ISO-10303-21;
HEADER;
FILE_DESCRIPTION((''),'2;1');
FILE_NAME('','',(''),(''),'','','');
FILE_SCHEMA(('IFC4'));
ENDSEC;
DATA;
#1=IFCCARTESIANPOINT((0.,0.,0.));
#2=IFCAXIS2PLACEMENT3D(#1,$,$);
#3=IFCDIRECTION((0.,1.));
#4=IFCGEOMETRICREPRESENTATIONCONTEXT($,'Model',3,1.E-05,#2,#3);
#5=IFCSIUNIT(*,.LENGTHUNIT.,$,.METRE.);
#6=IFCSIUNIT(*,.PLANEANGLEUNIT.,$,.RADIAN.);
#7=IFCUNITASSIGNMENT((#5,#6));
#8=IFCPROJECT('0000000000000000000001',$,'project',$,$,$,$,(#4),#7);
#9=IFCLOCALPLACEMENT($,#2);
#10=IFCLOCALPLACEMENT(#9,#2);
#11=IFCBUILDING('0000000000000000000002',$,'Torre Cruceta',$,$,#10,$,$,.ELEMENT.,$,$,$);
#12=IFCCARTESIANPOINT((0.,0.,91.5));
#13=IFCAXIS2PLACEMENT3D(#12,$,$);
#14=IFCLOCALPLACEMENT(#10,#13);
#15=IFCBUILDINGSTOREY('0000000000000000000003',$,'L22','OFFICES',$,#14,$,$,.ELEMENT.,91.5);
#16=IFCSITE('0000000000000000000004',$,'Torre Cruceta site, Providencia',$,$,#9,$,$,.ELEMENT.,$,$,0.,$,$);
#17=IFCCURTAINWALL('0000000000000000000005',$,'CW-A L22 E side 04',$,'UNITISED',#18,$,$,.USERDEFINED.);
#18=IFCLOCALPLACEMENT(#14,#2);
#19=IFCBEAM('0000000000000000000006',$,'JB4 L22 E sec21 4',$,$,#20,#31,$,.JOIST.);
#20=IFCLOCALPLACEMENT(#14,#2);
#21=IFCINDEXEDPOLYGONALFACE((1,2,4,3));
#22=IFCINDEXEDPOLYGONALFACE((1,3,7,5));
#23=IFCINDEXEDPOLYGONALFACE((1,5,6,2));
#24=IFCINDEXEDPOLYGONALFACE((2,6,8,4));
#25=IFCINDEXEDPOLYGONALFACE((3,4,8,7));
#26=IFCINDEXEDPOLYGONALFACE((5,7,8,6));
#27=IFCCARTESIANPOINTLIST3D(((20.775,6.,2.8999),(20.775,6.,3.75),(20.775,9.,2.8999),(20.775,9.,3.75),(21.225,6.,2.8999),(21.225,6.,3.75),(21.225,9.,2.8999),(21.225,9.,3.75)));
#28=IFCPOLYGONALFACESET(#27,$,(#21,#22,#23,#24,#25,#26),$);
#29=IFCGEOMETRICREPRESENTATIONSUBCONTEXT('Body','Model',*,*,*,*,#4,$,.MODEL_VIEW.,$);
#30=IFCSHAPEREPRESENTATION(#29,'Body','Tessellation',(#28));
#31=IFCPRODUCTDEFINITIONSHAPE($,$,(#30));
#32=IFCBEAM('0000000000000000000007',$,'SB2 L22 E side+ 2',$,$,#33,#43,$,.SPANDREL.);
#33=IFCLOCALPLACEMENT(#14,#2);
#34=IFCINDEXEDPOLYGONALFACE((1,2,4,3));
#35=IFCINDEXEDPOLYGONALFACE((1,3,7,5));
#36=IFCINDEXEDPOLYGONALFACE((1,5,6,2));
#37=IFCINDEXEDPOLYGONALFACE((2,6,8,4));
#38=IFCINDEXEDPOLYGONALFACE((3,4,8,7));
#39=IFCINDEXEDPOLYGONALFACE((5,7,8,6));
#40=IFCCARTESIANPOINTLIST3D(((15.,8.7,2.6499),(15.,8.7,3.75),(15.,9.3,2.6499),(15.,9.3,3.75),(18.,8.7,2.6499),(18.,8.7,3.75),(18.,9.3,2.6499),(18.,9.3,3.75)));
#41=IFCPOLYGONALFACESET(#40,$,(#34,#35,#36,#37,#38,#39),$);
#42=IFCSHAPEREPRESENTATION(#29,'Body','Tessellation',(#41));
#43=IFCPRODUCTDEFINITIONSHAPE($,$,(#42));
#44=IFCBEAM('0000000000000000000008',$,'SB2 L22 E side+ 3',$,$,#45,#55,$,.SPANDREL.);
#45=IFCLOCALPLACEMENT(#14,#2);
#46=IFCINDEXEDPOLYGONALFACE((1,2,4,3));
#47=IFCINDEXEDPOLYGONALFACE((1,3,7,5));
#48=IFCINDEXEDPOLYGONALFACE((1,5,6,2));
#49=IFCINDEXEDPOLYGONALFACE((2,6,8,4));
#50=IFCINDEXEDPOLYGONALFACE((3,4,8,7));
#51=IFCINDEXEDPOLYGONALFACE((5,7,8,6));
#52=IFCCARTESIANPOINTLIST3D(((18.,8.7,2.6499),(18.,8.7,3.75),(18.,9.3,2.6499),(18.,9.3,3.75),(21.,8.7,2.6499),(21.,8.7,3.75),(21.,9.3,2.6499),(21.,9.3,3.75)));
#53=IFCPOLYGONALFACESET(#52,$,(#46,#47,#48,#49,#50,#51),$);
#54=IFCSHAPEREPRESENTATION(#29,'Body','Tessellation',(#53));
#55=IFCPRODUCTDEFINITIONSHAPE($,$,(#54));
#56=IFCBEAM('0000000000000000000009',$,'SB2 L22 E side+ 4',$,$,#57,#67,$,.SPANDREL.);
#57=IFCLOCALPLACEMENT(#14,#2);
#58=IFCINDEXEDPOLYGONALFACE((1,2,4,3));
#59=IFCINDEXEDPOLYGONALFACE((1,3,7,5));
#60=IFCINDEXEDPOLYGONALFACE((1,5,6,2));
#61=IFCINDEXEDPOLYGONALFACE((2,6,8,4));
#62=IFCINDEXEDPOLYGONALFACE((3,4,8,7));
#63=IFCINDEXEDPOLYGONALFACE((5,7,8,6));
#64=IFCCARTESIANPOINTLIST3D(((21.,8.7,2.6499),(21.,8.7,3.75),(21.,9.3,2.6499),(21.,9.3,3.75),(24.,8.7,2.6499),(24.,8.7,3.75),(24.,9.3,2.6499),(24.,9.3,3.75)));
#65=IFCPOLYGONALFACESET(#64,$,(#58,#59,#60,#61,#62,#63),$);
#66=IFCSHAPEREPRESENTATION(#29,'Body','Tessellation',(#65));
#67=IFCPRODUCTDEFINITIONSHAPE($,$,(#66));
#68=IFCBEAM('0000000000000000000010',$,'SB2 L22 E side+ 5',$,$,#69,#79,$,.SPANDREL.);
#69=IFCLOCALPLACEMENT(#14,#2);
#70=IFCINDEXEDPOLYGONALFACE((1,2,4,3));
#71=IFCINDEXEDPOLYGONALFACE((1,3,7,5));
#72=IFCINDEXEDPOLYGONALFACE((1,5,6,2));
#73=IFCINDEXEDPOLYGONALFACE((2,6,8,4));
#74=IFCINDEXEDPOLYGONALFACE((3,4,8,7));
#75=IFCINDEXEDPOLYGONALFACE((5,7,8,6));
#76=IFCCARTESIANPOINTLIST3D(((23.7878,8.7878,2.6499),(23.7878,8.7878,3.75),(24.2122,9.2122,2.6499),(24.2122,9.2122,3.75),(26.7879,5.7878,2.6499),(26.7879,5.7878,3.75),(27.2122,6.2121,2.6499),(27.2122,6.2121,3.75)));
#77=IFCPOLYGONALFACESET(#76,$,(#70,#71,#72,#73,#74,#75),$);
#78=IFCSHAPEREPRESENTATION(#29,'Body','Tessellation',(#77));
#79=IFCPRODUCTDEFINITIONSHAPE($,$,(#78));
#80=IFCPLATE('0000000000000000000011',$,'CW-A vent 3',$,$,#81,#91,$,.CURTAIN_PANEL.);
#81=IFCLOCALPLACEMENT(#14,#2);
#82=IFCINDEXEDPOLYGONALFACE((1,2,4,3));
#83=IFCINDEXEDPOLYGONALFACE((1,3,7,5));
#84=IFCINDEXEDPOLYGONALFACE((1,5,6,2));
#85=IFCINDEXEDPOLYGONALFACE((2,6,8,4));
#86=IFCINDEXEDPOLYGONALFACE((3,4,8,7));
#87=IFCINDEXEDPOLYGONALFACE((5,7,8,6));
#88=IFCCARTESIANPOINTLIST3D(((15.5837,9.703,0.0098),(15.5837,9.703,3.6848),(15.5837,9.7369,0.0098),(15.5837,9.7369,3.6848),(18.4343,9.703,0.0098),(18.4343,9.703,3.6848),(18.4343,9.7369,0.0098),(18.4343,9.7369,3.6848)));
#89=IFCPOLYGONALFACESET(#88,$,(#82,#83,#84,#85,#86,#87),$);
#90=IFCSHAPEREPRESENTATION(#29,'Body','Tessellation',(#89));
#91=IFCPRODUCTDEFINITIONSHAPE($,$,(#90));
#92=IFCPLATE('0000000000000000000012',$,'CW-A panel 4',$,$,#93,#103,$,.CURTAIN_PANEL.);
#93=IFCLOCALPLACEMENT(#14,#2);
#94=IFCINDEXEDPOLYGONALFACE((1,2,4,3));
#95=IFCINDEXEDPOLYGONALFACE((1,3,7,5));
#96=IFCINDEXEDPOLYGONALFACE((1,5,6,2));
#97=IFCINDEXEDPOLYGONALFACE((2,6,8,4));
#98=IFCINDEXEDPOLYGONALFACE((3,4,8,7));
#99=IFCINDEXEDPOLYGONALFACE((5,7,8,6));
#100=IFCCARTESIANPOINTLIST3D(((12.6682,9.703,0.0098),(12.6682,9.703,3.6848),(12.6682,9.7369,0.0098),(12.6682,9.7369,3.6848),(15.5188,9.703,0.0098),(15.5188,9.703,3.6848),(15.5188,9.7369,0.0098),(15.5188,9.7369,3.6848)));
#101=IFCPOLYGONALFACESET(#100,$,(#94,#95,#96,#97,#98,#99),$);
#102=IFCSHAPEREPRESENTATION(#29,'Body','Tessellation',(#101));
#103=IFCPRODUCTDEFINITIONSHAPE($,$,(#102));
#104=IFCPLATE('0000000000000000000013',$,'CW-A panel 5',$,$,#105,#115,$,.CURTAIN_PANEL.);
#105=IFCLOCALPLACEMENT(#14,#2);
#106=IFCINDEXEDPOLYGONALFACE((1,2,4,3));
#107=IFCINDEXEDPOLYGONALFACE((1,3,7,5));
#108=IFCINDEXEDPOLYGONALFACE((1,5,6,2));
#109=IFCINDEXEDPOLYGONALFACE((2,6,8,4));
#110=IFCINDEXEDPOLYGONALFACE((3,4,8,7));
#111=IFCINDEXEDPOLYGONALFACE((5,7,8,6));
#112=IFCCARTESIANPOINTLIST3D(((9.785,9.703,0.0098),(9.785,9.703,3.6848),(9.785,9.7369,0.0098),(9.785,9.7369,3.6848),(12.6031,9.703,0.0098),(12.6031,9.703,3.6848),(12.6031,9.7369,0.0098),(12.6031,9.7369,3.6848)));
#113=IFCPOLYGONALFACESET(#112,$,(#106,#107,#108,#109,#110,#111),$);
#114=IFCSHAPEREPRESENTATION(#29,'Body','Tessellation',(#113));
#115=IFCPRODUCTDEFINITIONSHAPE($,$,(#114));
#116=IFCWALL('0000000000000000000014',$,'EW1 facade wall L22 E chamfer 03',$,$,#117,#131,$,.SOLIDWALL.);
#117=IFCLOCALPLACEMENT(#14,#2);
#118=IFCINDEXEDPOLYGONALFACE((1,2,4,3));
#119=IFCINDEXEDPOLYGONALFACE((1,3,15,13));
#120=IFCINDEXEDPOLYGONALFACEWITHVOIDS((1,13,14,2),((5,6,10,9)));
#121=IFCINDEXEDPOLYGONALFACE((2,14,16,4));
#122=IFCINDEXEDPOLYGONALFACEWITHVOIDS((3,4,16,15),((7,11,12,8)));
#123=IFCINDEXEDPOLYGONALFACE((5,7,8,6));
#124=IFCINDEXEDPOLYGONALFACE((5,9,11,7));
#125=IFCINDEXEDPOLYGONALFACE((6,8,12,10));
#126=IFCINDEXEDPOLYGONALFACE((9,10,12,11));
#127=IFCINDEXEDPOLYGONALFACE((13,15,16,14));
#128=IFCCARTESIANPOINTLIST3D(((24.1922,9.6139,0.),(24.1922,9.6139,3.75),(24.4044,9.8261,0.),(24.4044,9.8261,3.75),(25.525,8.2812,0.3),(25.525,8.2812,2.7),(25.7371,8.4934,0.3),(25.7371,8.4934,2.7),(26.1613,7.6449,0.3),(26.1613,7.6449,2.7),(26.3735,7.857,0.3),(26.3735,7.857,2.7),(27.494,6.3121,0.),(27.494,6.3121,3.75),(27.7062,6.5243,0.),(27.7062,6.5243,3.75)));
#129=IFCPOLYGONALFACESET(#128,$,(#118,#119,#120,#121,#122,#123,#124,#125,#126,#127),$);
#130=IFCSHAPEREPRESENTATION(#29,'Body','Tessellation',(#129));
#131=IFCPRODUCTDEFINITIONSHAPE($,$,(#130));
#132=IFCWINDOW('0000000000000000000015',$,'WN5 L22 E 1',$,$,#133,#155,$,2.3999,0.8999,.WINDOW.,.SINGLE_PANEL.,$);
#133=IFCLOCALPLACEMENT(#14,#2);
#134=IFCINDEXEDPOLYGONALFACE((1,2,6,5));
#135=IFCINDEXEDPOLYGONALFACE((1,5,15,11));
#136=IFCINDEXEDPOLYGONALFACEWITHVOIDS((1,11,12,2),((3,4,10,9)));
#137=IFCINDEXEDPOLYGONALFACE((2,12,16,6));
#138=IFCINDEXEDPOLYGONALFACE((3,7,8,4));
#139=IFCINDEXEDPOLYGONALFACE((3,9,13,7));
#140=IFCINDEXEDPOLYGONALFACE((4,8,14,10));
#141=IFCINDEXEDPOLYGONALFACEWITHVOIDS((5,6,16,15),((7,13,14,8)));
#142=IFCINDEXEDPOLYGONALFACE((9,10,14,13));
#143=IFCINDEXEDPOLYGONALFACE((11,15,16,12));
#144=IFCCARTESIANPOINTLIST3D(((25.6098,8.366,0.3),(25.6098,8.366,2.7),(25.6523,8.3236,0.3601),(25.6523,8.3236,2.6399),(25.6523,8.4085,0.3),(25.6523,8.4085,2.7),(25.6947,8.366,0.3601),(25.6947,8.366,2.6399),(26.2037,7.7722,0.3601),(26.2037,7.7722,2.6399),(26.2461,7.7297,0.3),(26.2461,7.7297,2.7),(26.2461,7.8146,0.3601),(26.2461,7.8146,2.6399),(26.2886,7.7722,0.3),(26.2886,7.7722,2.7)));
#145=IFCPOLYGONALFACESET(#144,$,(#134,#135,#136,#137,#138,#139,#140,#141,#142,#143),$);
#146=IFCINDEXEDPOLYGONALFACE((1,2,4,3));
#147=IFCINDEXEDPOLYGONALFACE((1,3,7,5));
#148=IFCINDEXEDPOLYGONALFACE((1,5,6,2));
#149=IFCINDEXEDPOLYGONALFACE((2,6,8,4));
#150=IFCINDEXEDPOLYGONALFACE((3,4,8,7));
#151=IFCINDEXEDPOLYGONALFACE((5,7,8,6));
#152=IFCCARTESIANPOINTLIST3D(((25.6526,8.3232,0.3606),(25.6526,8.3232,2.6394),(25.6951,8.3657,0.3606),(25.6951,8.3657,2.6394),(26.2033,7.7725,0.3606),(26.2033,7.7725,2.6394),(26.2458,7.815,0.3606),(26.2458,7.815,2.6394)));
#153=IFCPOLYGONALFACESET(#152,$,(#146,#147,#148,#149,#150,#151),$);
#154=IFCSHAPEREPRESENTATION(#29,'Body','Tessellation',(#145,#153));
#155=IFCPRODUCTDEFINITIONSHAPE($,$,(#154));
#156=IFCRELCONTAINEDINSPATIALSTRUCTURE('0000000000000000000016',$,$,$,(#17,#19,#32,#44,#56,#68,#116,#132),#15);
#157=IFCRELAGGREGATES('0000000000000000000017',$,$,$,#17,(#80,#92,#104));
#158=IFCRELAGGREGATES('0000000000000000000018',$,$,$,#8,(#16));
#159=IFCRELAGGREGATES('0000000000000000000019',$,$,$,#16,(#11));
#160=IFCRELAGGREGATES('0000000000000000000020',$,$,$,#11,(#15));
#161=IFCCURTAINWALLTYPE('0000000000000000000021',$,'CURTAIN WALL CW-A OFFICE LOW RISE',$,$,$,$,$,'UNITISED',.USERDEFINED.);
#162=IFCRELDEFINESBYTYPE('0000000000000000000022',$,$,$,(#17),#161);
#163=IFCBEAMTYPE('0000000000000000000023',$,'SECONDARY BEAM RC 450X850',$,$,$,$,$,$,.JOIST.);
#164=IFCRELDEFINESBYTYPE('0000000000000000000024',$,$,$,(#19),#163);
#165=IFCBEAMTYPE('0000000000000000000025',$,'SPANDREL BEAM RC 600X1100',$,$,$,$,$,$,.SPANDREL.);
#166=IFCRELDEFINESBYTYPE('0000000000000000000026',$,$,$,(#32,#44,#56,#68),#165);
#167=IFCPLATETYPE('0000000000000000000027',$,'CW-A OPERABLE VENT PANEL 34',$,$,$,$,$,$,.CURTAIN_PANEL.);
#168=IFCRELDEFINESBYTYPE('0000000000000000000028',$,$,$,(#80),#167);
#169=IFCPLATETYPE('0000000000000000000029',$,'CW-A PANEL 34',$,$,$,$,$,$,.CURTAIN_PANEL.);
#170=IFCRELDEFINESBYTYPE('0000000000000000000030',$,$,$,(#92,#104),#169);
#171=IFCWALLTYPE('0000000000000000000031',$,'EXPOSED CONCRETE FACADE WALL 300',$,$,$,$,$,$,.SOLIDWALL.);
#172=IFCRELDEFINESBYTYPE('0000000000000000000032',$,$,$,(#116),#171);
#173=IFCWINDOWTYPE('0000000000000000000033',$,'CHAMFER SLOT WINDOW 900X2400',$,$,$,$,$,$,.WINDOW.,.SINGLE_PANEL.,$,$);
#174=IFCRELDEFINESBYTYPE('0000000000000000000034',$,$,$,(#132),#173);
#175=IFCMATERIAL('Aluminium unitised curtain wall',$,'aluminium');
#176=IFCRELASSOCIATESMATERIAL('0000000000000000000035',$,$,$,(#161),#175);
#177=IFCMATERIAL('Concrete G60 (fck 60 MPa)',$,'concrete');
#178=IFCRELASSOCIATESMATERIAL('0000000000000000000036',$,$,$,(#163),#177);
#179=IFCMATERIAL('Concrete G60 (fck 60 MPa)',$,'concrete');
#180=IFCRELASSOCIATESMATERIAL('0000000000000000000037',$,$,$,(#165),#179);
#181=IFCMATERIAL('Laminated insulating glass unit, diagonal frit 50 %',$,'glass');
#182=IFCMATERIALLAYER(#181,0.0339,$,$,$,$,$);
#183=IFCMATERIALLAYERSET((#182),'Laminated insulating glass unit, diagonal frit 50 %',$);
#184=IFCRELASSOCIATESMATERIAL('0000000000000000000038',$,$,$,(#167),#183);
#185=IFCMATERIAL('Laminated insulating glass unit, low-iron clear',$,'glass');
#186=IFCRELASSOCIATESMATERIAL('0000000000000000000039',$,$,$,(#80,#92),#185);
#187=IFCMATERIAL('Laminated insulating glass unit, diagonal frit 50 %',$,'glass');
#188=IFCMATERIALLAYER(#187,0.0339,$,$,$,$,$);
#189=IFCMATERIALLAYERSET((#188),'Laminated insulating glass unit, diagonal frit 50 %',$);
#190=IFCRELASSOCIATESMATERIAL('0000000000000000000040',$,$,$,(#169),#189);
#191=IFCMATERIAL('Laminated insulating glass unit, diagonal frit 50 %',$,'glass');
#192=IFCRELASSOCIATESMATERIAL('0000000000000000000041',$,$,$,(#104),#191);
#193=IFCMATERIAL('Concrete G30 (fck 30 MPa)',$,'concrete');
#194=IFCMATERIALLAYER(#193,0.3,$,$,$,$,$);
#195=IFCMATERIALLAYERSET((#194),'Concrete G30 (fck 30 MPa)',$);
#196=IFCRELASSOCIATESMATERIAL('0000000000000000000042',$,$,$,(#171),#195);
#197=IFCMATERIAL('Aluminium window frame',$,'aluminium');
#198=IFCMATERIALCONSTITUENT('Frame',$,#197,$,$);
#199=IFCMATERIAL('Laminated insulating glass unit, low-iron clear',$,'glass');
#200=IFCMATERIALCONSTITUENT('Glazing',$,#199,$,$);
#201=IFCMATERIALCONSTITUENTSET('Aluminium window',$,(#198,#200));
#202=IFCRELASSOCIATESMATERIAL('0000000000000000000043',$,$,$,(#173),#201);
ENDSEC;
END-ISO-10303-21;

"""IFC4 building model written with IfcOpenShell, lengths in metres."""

from ifc_helpers import new_model, si_unit, direction, frame, frame_2d, origin, origin_2d, place, context, subcontext, project, spatial, rectangle, hollow_rectangle, extrude, material, layer, layer_set, constituent, constituent_set, material_profile, profile_set, type_object, element, fill, aggregate, save


model = new_model("IFC4")

# Units and contexts
model_context = context("Model", 3, precision=1e-05, world=origin(), true_north=direction((0.0, 1.0)))
body_context = subcontext(model_context, "Body", "Model", "MODEL_VIEW")
ifc_project = project(units=[si_unit("LENGTHUNIT", "METRE"), si_unit("PLANEANGLEUNIT", "RADIAN")], contexts=[model_context])

# Site, building, storey
site_placement = place(None, origin())
site = spatial("IfcSite", under=ifc_project, at=site_placement, Name="Torre Cruceta site, Providencia", CompositionType="ELEMENT", RefElevation=0.0)
building_placement = place(site_placement, origin())
building = spatial("IfcBuilding", under=site, at=building_placement, Name="Torre Cruceta", CompositionType="ELEMENT")
storey_placement = place(building_placement, frame((0.0, 0.0, 91.5)))
storey = spatial("IfcBuildingStorey", under=building, at=storey_placement, Name="L22", Description="OFFICES", CompositionType="ELEMENT", Elevation=91.5)

# Curtain wall
ifc_material_1 = material(Name="Aluminium unitised curtain wall", Category="aluminium")
curtain_wall_type = type_object("IfcCurtainWallType", Name="CURTAIN WALL CW-A OFFICE LOW RISE", ElementType="UNITISED", PredefinedType="USERDEFINED", material=ifc_material_1)
curtain_wall_placement = place(storey_placement, origin())
curtain_wall = element("IfcCurtainWall", 1, at=curtain_wall_placement, inside=storey, type_object=curtain_wall_type, Name="CW-A L22 E side 04", ObjectType="UNITISED", PredefinedType="USERDEFINED")

# Beams
ifc_material_2 = material(Name="Concrete G60 (fck 60 MPa)", Category="concrete")
ifc_material_profile_1 = material_profile(ifc_material_2, rectangle(XDim=0.45, YDim=0.8501, at=origin_2d()), Name="RC 450X850")
ifc_profile_set_1 = profile_set([ifc_material_profile_1], Name="Concrete G60 (fck 60 MPa)")
beam_type_1 = type_object("IfcBeamType", Name="SECONDARY BEAM RC 450X850", PredefinedType="JOIST", material=ifc_profile_set_1)
beam_1_placement = place(storey_placement, frame((21.0, 6.0, 3.325), z_axis=(0.0, 1.0, 0.0), x_axis=(-1.0, 0.0, 0.0)))
element("IfcBeam", 2, at=beam_1_placement, inside=storey, type_object=beam_type_1, Name="JB4 L22 E sec21 4", PredefinedType="JOIST", context=body_context, shape_type="SweptSolid", body=[
    extrude(rectangle(XDim=0.45, YDim=0.8501, at=origin_2d()), origin(), (0.0, 0.0, 1.0), 3.0),
])
ifc_material_3 = material(Name="Concrete G60 (fck 60 MPa)", Category="concrete")
ifc_material_profile_2 = material_profile(ifc_material_3, rectangle(XDim=0.6001, YDim=1.1001, at=origin_2d()), Name="RC 600X1100")
ifc_profile_set_2 = profile_set([ifc_material_profile_2], Name="Concrete G60 (fck 60 MPa)")
beam_type_2 = type_object("IfcBeamType", Name="SPANDREL BEAM RC 600X1100", PredefinedType="SPANDREL", material=ifc_profile_set_2)
for number, where, z_axis, x_axis, name in (
    (3, (15.0, 9.0, 3.2), (1.0, 0.0, 0.0), (0.0, 1.0, 0.0), "SB2 L22 E side+ 2"),
    (4, (18.0, 9.0, 3.2), (1.0, 0.0, 0.0), (0.0, 1.0, 0.0), "SB2 L22 E side+ 3"),
    (5, (21.0, 9.0, 3.2), (1.0, 0.0, 0.0), (0.0, 1.0, 0.0), "SB2 L22 E side+ 4"),
):
    element("IfcBeam", number, at=place(storey_placement, frame(where, z_axis=z_axis, x_axis=x_axis)), inside=storey, type_object=beam_type_2, Name=name, PredefinedType="SPANDREL", context=body_context, shape_type="SweptSolid", body=[
        extrude(rectangle(XDim=0.6001, YDim=1.1001, at=origin_2d()), origin(), (0.0, 0.0, 1.0), 3.0),
    ])
beam_2_placement = place(storey_placement, frame((24.0, 9.0, 3.2), z_axis=(0.707107, -0.707107, 0.0), x_axis=(0.707107, 0.707107, 0.0)))
element("IfcBeam", 6, at=beam_2_placement, inside=storey, type_object=beam_type_2, Name="SB2 L22 E side+ 5", PredefinedType="SPANDREL", context=body_context, shape_type="SweptSolid", body=[
    extrude(rectangle(XDim=0.6001, YDim=1.1001, at=origin_2d()), origin(), (0.0, 0.0, 1.0), 4.2427),
])

# Plates
ifc_material_4 = material(Name="Laminated insulating glass unit, low-iron clear", Category="glass")
ifc_material_5 = material(Name="Laminated insulating glass unit, diagonal frit 50 %", Category="glass")
ifc_layer_1 = layer(ifc_material_5, 0.0339)
ifc_layer_set_1 = layer_set([ifc_layer_1], Name="Laminated insulating glass unit, diagonal frit 50 %")
plate_type_1 = type_object("IfcPlateType", Name="CW-A OPERABLE VENT PANEL 34", PredefinedType="CURTAIN_PANEL", material=ifc_layer_set_1)
plate_1_placement = place(storey_placement, frame((17.009, 9.72, 0.0098), z_axis=(0.0, 0.0, 1.0), x_axis=(-1.0, 0.0, 0.0)))
plate_1 = element("IfcPlate", 7, at=plate_1_placement, type_object=plate_type_1, material=ifc_material_4, Name="CW-A vent 3", PredefinedType="CURTAIN_PANEL", context=body_context, shape_type="SweptSolid", body=[
    extrude(rectangle(XDim=2.8506, YDim=0.0339, at=origin_2d()), origin(), (0.0, 0.0, 1.0), 3.675),
])
ifc_material_6 = material(Name="Laminated insulating glass unit, diagonal frit 50 %", Category="glass")
ifc_layer_2 = layer(ifc_material_6, 0.0339)
ifc_layer_set_2 = layer_set([ifc_layer_2], Name="Laminated insulating glass unit, diagonal frit 50 %")
plate_type_2 = type_object("IfcPlateType", Name="CW-A PANEL 34", PredefinedType="CURTAIN_PANEL", material=ifc_layer_set_2)
plate_2_placement = place(storey_placement, frame((14.0935, 9.72, 0.0098), z_axis=(0.0, 0.0, 1.0), x_axis=(-1.0, 0.0, 0.0)))
plate_2 = element("IfcPlate", 8, at=plate_2_placement, type_object=plate_type_2, material=ifc_material_4, Name="CW-A panel 4", PredefinedType="CURTAIN_PANEL", context=body_context, shape_type="SweptSolid", body=[
    extrude(rectangle(XDim=2.8506, YDim=0.0339, at=origin_2d()), origin(), (0.0, 0.0, 1.0), 3.675),
])
ifc_material_7 = material(Name="Laminated insulating glass unit, diagonal frit 50 %", Category="glass")
plate_3_placement = place(storey_placement, frame((11.1941, 9.72, 0.0098), z_axis=(0.0, 0.0, 1.0), x_axis=(-1.0, 0.0, 0.0)))
plate_3 = element("IfcPlate", 9, at=plate_3_placement, type_object=plate_type_2, material=ifc_material_7, Name="CW-A panel 5", PredefinedType="CURTAIN_PANEL", context=body_context, shape_type="SweptSolid", body=[
    extrude(rectangle(XDim=2.8181, YDim=0.0339, at=origin_2d()), origin(), (0.0, 0.0, 1.0), 3.675),
])
aggregate(curtain_wall, [plate_1, plate_2, plate_3])

# Wall, opening, window
ifc_material_8 = material(Name="Concrete G30 (fck 30 MPa)", Category="concrete")
ifc_layer_3 = layer(ifc_material_8, 0.3)
ifc_layer_set_3 = layer_set([ifc_layer_3], Name="Concrete G30 (fck 30 MPa)")
wall_type_1 = type_object("IfcWallType", Name="EXPOSED CONCRETE FACADE WALL 300", PredefinedType="SOLIDWALL", material=ifc_layer_set_3)
wall_1_placement = place(storey_placement, frame((27.6001, 6.4182, 0.0), z_axis=(0.0, 0.0, 1.0), x_axis=(-0.707107, 0.707107, 0.0)))
wall_1 = element("IfcWall", 10, at=wall_1_placement, inside=storey, type_object=wall_type_1, Name="EW1 facade wall L22 E chamfer 03", PredefinedType="SOLIDWALL", context=body_context, shape_type="SweptSolid", body=[
    extrude(rectangle(XDim=4.6694, YDim=0.3, at=frame_2d((2.3347, 0.0))), origin(), (0.0, 0.0, 1.0), 3.75),
])
opening_1_placement = place(wall_1_placement, frame((1.8848, 0.0, 0.3)))
opening_1 = element("IfcOpeningElement", 11, at=opening_1_placement, cuts=wall_1, PredefinedType="OPENING", context=body_context, shape_type="SweptSolid", body=[
    extrude(rectangle(XDim=0.8999, YDim=2.3999, at=frame_2d((0.45, 1.2))), frame((0.0, 0.1599, 0.0), z_axis=(0.0, -1.0, 0.0), x_axis=(1.0, 0.0, 0.0)), (0.0, 0.0, 1.0), 0.3201),
])
ifc_material_9 = material(Name="Aluminium window frame", Category="aluminium")
ifc_constituent_1 = constituent(ifc_material_9, Name="Frame")
ifc_material_10 = material(Name="Laminated insulating glass unit, low-iron clear", Category="glass")
ifc_constituent_2 = constituent(ifc_material_10, Name="Glazing")
ifc_constituent_set_1 = constituent_set(constituents=[ifc_constituent_1, ifc_constituent_2], Name="Aluminium window")
window_type = type_object("IfcWindowType", Name="CHAMFER SLOT WINDOW 900X2400", PartitioningType="SINGLE_PANEL", PredefinedType="WINDOW", material=ifc_constituent_set_1)
window_placement = place(opening_1_placement, origin())
window = element("IfcWindow", 12, at=window_placement, inside=storey, type_object=window_type, Name="WN5 L22 E 1", OverallHeight=2.3999, OverallWidth=0.8999, PartitioningType="SINGLE_PANEL", PredefinedType="WINDOW", context=body_context, shape_type="SweptSolid", body=[
    extrude(hollow_rectangle(XDim=0.8999, YDim=2.3999, WallThickness=0.0601, at=frame_2d((0.45, 1.2))), frame((0.0, 0.03, 0.0), z_axis=(0.0, -1.0, 0.0), x_axis=(1.0, 0.0, 0.0)), (0.0, 0.0, 1.0), 0.0601),
    extrude(rectangle(XDim=0.7788, YDim=2.2788, at=frame_2d((0.45, 1.2))), frame((0.0, 0.03, 0.0), z_axis=(0.0, -1.0, 0.0), x_axis=(1.0, 0.0, 0.0)), (0.0, 0.0, 1.0), 0.0601),
])
fill(opening_1, window)

save(model, "model.ifc")
